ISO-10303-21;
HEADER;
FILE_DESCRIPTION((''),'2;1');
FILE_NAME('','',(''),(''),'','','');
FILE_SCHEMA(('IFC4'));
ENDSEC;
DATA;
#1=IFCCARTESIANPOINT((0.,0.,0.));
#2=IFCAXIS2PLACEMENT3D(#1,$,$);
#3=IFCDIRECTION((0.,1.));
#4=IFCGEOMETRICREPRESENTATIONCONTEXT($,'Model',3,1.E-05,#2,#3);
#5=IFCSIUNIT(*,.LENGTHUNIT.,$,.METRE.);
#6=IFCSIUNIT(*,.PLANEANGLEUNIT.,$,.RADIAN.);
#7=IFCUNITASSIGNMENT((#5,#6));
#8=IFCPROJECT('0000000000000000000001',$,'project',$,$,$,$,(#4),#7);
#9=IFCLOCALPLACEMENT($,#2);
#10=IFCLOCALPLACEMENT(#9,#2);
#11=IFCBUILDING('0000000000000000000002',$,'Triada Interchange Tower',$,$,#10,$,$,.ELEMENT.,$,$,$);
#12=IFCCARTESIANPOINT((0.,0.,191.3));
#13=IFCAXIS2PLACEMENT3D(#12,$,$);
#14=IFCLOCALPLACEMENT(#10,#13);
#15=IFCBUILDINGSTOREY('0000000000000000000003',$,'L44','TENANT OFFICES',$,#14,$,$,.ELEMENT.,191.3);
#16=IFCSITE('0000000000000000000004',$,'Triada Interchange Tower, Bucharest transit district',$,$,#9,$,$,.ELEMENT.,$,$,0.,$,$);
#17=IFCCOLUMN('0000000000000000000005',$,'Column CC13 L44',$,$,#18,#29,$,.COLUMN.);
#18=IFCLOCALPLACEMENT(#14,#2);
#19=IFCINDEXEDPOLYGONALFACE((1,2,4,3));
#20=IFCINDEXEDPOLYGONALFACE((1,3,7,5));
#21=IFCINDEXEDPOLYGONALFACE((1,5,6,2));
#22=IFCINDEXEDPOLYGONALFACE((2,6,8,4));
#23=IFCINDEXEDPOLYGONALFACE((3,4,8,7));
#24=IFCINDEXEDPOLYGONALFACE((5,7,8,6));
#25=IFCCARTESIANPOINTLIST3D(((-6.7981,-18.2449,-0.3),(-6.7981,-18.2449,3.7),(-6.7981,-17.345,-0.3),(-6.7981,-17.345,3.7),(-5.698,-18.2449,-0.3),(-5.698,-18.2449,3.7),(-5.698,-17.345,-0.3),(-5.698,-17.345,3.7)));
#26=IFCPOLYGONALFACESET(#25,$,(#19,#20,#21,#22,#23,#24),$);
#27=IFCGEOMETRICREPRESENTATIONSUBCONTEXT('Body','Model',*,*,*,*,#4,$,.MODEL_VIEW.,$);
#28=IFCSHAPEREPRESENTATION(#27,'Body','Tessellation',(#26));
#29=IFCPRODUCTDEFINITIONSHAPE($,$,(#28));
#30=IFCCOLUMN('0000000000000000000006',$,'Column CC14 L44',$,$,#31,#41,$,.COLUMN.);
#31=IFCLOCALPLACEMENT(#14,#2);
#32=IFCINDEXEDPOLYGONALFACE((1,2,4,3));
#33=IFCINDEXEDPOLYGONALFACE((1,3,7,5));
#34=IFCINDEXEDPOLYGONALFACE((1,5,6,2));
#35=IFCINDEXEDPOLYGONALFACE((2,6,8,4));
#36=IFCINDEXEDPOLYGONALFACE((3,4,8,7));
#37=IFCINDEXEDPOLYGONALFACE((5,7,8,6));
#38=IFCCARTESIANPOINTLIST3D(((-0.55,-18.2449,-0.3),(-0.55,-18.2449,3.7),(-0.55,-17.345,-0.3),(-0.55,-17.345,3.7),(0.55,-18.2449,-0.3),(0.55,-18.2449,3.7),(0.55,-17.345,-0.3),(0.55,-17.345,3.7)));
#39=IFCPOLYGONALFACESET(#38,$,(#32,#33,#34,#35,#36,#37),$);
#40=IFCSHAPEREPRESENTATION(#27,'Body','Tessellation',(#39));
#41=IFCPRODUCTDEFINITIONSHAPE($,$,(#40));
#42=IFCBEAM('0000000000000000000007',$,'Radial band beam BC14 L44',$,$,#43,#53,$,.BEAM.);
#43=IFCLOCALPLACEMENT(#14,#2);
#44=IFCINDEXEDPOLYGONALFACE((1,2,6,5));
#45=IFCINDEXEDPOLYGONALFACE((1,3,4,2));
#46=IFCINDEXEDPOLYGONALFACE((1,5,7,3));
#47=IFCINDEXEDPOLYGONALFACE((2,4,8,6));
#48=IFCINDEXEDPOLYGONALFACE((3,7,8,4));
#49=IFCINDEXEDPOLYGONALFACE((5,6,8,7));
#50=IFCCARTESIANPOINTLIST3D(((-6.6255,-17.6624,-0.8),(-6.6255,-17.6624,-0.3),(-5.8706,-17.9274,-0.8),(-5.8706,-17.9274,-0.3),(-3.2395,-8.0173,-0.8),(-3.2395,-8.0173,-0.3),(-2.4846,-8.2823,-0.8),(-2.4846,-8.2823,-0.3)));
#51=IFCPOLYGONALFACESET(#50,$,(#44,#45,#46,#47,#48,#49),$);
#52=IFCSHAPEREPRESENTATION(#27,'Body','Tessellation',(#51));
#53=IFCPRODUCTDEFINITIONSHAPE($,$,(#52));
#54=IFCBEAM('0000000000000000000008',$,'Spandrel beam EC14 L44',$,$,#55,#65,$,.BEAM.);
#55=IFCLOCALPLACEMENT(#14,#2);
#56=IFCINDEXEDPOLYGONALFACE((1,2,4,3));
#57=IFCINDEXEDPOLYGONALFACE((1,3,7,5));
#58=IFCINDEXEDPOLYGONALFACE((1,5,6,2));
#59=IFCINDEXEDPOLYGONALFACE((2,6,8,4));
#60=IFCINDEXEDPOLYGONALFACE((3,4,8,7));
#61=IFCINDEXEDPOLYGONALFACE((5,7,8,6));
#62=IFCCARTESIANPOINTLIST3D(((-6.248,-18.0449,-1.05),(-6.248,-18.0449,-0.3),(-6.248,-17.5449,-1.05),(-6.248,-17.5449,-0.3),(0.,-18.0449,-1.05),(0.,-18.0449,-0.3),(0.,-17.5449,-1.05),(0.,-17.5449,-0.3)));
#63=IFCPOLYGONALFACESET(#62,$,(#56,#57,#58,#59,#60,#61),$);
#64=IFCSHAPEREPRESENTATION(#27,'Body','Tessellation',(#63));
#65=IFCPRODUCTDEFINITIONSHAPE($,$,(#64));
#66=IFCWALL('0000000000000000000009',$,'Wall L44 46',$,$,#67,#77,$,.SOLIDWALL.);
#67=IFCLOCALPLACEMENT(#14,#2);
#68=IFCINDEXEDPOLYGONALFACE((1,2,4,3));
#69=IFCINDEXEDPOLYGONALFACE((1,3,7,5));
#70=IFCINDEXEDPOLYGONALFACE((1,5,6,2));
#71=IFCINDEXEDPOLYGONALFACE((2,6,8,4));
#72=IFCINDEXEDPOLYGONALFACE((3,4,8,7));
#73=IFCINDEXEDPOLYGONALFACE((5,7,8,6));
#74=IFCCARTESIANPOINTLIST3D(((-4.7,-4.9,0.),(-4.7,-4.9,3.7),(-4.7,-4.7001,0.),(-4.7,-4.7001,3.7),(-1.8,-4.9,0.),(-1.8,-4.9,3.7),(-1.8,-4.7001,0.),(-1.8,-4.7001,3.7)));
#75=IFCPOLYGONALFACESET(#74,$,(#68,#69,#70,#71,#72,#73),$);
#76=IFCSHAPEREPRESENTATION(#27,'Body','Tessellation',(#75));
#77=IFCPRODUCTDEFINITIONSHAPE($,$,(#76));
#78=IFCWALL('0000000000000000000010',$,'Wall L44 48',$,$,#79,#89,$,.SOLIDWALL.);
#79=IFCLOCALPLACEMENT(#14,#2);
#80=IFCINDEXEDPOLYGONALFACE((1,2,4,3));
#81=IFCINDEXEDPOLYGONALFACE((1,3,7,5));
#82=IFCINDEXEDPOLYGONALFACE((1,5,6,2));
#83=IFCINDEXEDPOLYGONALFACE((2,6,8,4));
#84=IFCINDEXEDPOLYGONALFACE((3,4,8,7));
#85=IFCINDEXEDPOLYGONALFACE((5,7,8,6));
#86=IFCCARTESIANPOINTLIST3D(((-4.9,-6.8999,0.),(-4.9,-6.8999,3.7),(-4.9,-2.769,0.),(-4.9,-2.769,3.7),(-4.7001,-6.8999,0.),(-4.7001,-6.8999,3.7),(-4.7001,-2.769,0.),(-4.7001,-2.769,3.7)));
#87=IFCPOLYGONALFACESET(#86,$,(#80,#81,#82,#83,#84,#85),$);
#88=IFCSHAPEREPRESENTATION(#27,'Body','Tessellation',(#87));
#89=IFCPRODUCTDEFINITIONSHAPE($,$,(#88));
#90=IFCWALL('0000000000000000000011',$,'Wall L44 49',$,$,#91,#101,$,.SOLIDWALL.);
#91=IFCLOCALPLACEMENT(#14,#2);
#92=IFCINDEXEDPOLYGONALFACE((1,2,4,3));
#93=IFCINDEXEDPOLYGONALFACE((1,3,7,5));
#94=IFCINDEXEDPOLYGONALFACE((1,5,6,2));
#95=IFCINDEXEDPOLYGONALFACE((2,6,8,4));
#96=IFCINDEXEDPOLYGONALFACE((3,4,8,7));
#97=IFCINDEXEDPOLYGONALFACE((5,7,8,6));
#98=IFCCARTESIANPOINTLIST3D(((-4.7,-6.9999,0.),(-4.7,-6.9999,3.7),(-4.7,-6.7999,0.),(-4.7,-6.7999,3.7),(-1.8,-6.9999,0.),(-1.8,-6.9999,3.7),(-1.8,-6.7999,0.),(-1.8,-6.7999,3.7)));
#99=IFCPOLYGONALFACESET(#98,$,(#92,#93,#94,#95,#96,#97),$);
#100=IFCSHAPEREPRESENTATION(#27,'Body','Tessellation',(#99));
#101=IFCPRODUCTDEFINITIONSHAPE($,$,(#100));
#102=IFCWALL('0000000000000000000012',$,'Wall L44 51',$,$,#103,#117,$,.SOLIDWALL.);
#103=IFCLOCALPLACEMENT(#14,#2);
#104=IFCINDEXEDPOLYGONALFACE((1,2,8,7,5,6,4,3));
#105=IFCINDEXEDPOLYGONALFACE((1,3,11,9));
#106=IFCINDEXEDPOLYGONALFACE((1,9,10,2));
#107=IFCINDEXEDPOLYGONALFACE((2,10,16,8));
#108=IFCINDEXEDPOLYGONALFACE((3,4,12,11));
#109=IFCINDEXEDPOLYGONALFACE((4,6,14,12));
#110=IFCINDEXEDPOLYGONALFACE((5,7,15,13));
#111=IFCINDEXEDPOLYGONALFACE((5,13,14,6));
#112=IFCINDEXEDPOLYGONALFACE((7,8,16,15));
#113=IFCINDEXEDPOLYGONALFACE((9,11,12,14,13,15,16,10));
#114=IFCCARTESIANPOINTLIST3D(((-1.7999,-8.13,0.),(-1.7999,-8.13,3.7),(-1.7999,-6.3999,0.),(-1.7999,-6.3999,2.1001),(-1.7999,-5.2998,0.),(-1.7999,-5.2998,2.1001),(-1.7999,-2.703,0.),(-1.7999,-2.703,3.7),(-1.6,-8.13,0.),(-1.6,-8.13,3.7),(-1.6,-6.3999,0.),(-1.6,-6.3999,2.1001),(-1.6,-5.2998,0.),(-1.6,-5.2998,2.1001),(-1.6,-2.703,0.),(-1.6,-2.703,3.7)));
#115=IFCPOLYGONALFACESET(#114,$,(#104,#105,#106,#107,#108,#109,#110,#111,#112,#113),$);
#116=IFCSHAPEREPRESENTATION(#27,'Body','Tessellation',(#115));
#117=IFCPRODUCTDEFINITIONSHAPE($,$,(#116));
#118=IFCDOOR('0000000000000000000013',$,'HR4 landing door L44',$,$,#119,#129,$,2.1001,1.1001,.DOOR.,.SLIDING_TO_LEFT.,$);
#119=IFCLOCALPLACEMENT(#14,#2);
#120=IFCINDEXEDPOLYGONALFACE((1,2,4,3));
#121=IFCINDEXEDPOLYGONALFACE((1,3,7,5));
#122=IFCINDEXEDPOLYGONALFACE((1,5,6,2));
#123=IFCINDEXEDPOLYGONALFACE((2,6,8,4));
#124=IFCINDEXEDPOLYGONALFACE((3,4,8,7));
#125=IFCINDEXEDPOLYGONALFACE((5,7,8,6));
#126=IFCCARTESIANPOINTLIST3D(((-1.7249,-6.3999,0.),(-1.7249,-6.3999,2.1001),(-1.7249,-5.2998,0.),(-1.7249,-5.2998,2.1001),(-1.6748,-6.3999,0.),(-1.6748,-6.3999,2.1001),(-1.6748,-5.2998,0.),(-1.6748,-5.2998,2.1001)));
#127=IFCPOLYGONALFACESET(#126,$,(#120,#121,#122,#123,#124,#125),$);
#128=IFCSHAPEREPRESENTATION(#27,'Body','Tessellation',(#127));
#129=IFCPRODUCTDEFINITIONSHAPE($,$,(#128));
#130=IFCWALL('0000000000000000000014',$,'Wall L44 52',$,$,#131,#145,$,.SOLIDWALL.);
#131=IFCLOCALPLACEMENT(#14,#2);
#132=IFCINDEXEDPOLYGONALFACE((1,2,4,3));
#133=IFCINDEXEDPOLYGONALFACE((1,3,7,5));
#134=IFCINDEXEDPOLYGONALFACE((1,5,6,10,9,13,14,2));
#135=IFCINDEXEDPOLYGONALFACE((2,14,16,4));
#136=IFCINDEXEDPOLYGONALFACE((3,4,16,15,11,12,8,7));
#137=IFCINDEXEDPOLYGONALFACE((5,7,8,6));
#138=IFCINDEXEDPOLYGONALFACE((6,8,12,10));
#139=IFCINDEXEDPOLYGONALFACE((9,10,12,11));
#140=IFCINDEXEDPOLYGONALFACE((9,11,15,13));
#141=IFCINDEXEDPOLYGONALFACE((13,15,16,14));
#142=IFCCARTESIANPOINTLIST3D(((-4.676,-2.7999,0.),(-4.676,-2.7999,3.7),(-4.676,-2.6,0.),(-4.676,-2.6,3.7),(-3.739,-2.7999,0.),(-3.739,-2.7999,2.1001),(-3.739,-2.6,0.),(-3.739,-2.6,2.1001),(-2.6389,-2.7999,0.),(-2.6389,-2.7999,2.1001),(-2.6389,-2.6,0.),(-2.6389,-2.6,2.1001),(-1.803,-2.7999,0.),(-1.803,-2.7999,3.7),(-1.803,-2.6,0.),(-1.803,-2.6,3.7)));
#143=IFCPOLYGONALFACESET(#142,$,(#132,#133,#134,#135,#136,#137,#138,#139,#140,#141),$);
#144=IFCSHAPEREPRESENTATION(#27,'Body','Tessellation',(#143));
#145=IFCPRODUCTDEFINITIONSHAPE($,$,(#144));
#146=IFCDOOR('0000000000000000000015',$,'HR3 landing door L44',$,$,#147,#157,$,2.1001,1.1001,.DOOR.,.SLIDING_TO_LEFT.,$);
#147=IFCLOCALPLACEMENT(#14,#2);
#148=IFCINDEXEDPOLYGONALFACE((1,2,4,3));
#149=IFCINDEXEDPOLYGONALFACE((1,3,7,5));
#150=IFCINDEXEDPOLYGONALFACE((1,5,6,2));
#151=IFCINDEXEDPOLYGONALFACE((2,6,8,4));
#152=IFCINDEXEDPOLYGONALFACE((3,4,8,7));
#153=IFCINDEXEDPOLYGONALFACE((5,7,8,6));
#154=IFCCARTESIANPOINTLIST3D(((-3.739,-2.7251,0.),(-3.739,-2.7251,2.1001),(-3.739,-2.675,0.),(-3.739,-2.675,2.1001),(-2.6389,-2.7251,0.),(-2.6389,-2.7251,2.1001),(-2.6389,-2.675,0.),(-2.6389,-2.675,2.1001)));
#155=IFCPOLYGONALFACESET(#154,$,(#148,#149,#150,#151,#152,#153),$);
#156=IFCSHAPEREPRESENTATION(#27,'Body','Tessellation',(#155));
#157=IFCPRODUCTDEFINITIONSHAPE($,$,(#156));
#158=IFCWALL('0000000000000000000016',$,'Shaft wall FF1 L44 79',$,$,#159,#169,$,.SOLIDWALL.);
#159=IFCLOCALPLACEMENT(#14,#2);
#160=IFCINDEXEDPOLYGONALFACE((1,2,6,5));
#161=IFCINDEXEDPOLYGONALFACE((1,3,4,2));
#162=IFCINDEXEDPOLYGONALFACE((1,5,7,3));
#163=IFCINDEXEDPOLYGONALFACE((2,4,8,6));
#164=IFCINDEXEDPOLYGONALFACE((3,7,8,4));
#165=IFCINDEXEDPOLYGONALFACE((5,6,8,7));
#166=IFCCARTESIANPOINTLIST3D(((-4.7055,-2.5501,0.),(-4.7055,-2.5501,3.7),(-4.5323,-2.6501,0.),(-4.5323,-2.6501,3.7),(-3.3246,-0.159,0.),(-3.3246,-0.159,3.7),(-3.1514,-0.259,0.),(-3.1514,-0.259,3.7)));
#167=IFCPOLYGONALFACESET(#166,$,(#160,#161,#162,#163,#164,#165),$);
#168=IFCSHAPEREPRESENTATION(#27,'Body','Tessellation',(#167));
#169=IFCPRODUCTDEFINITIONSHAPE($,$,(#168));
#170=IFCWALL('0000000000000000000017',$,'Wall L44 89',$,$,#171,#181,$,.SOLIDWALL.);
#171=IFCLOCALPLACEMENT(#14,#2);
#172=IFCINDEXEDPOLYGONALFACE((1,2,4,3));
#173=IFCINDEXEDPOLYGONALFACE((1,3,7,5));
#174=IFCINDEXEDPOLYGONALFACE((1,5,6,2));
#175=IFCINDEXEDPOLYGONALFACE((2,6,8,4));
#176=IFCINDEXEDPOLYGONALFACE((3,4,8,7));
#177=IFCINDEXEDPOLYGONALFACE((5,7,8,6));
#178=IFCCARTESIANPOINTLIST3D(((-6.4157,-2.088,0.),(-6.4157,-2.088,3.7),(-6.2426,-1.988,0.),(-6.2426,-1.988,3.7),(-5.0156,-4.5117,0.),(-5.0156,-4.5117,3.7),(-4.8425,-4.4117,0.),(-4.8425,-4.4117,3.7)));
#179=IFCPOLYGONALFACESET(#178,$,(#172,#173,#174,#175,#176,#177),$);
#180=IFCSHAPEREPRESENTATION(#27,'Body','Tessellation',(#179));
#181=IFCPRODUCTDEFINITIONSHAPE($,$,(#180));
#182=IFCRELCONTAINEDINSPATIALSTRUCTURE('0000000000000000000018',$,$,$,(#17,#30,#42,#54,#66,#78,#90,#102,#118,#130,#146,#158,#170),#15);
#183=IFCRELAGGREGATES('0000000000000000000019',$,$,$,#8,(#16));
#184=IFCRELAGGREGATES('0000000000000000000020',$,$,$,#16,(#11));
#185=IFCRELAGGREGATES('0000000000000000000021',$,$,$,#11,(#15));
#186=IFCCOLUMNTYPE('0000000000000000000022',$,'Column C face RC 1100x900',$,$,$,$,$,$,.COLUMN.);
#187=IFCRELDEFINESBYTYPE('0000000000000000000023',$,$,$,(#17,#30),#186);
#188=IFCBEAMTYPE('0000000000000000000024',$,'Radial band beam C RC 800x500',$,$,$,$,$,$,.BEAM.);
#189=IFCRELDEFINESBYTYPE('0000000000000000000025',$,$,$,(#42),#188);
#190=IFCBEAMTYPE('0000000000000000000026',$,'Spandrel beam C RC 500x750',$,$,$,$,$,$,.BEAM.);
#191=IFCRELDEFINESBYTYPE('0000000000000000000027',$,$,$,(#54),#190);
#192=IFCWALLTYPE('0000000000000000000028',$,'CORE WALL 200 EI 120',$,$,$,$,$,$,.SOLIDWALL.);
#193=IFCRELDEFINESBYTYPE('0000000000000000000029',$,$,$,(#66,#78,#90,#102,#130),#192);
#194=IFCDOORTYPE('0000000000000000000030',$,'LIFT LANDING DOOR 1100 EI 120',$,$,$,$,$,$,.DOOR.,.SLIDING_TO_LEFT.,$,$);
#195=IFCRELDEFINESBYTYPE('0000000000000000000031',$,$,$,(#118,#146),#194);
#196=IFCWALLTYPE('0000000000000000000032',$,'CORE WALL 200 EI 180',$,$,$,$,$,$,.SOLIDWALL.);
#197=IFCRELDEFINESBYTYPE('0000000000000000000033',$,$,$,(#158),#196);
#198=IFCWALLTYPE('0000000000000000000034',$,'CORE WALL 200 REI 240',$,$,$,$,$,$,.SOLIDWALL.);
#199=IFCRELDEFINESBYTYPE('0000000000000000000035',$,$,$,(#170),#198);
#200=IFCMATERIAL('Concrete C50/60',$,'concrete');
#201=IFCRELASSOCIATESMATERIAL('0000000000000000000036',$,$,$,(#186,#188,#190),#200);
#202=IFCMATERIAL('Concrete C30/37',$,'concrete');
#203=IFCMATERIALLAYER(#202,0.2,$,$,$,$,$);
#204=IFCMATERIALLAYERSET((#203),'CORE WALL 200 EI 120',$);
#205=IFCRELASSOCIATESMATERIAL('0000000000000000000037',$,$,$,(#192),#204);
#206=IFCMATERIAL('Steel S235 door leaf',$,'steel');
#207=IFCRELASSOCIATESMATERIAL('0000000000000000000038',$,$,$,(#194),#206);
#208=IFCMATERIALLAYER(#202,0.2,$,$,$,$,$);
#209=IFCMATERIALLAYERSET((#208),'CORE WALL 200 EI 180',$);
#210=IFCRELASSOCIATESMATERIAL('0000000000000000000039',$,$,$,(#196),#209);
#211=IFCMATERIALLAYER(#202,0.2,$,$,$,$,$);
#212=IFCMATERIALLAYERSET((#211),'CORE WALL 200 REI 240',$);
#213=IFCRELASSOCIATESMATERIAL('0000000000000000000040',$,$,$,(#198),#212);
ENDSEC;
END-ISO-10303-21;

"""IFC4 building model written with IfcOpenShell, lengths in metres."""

from ifc_helpers import new_model, si_unit, direction, frame, frame_2d, origin, origin_2d, place, context, subcontext, project, spatial, rectangle, extrude, material, layer, layer_set, material_profile, profile_set, type_object, element, fill, save


model = new_model("IFC4")

# Units and contexts
model_context = context("Model", 3, precision=1e-05, world=origin(), true_north=direction((0.0, 1.0)))
body_context = subcontext(model_context, "Body", "Model", "MODEL_VIEW")
ifc_project = project(units=[si_unit("LENGTHUNIT", "METRE"), si_unit("PLANEANGLEUNIT", "RADIAN")], contexts=[model_context])

# Site, building, storey
site_placement = place(None, origin())
site = spatial("IfcSite", under=ifc_project, at=site_placement, Name="Triada Interchange Tower, Bucharest transit district", CompositionType="ELEMENT", RefElevation=0.0)
building_placement = place(site_placement, origin())
building = spatial("IfcBuilding", under=site, at=building_placement, Name="Triada Interchange Tower", CompositionType="ELEMENT")
storey_placement = place(building_placement, frame((0.0, 0.0, 191.3)))
storey = spatial("IfcBuildingStorey", under=building, at=storey_placement, Name="L44", Description="TENANT OFFICES", CompositionType="ELEMENT", Elevation=191.3)

# Columns
ifc_material_1 = material(Name="Concrete C50/60", Category="concrete")
ifc_material_profile_1 = material_profile(ifc_material_1, rectangle(XDim=1.1001, YDim=0.8999, at=origin_2d()), Name="RC 1100x900")
ifc_profile_set_1 = profile_set([ifc_material_profile_1], Name="Concrete C50/60")
column_type = type_object("IfcColumnType", Name="Column C face RC 1100x900", PredefinedType="COLUMN", material=ifc_profile_set_1)
for number, where, z_axis, x_axis, name in (
    (1, (-6.248, -17.7949, -0.3), (0.0, 0.0, 1.0), (1.0, 0.0, 0.0), "Column CC13 L44"),
    (2, (0.0, -17.7949, -0.3), (0.0, 0.0, 1.0), (1.0, 0.0, 0.0), "Column CC14 L44"),
):
    element("IfcColumn", number, at=place(storey_placement, frame(where, z_axis=z_axis, x_axis=x_axis)), inside=storey, type_object=column_type, Name=name, PredefinedType="COLUMN", context=body_context, shape_type="SweptSolid", body=[
        extrude(rectangle(XDim=1.1001, YDim=0.8999, at=origin_2d()), origin(), (0.0, 0.0, 1.0), 4.0),
    ])

# Beams
ifc_material_profile_2 = material_profile(ifc_material_1, rectangle(XDim=0.8, YDim=0.5, at=origin_2d()), Name="RC 800x500")
ifc_profile_set_2 = profile_set([ifc_material_profile_2], Name="Concrete C50/60")
beam_type_1 = type_object("IfcBeamType", Name="Radial band beam C RC 800x500", PredefinedType="BEAM", material=ifc_profile_set_2)
beam_1_placement = place(storey_placement, frame((-6.248, -17.7949, -0.55), z_axis=(0.331242, 0.943546, 0.0), x_axis=(-0.943546, 0.331242, 0.0)))
element("IfcBeam", 3, at=beam_1_placement, inside=storey, type_object=beam_type_1, Name="Radial band beam BC14 L44", PredefinedType="BEAM", context=body_context, shape_type="SweptSolid", body=[
    extrude(rectangle(XDim=0.8, YDim=0.5, at=origin_2d()), origin(), (0.0, 0.0, 1.0), 10.2222),
])
ifc_material_profile_3 = material_profile(ifc_material_1, rectangle(XDim=0.5, YDim=0.75, at=origin_2d()), Name="RC 500x750")
ifc_profile_set_3 = profile_set([ifc_material_profile_3], Name="Concrete C50/60")
beam_type_2 = type_object("IfcBeamType", Name="Spandrel beam C RC 500x750", PredefinedType="BEAM", material=ifc_profile_set_3)
beam_2_placement = place(storey_placement, frame((-6.248, -17.7949, -0.675), z_axis=(1.0, 0.0, 0.0), x_axis=(0.0, 1.0, 0.0)))
element("IfcBeam", 4, at=beam_2_placement, inside=storey, type_object=beam_type_2, Name="Spandrel beam EC14 L44", PredefinedType="BEAM", context=body_context, shape_type="SweptSolid", body=[
    extrude(rectangle(XDim=0.5, YDim=0.75, at=origin_2d()), origin(), (0.0, 0.0, 1.0), 6.248),
])

# Walls
ifc_material_2 = material(Name="Concrete C30/37", Category="concrete")
ifc_layer_1 = layer(ifc_material_2, 0.2)
ifc_layer_set_1 = layer_set([ifc_layer_1], Name="CORE WALL 200 EI 120")
wall_type_1 = type_object("IfcWallType", Name="CORE WALL 200 EI 120", PredefinedType="SOLIDWALL", material=ifc_layer_set_1)
wall_1_placement = place(storey_placement, frame((-4.7, -4.8, 0.0), z_axis=(0.0, 0.0, 1.0), x_axis=(1.0, 0.0, 0.0)))
element("IfcWall", 5, at=wall_1_placement, inside=storey, type_object=wall_type_1, Name="Wall L44 46", PredefinedType="SOLIDWALL", context=body_context, shape_type="SweptSolid", body=[
    extrude(rectangle(XDim=2.8999, YDim=0.2, at=frame_2d((1.45, 0.0))), origin(), (0.0, 0.0, 1.0), 3.7),
])
wall_2_placement = place(storey_placement, frame((-4.8, -6.8999, 0.0), z_axis=(0.0, 0.0, 1.0), x_axis=(0.0, 1.0, 0.0)))
element("IfcWall", 6, at=wall_2_placement, inside=storey, type_object=wall_type_1, Name="Wall L44 48", PredefinedType="SOLIDWALL", context=body_context, shape_type="SweptSolid", body=[
    extrude(rectangle(XDim=4.1309, YDim=0.2, at=frame_2d((2.0654, 0.0))), origin(), (0.0, 0.0, 1.0), 3.7),
])
wall_3_placement = place(storey_placement, frame((-4.7, -6.8999, 0.0), z_axis=(0.0, 0.0, 1.0), x_axis=(1.0, 0.0, 0.0)))
element("IfcWall", 7, at=wall_3_placement, inside=storey, type_object=wall_type_1, Name="Wall L44 49", PredefinedType="SOLIDWALL", context=body_context, shape_type="SweptSolid", body=[
    extrude(rectangle(XDim=2.8999, YDim=0.2, at=frame_2d((1.45, 0.0))), origin(), (0.0, 0.0, 1.0), 3.7),
])

# Walls, openings, doors
wall_4_placement = place(storey_placement, frame((-1.7, -8.1299, 0.0), z_axis=(0.0, 0.0, 1.0), x_axis=(0.0, 1.0, 0.0)))
wall_4 = element("IfcWall", 8, at=wall_4_placement, inside=storey, type_object=wall_type_1, Name="Wall L44 51", PredefinedType="SOLIDWALL", context=body_context, shape_type="SweptSolid", body=[
    extrude(rectangle(XDim=5.427, YDim=0.2, at=frame_2d((2.7134, 0.0))), origin(), (0.0, 0.0, 1.0), 3.7),
])
opening_1_placement = place(wall_4_placement, frame((1.73, 0.0, 0.0)))
opening_1 = element("IfcOpeningElement", 9, at=opening_1_placement, cuts=wall_4, PredefinedType="OPENING", context=body_context, shape_type="SweptSolid", body=[
    extrude(rectangle(XDim=1.1001, YDim=2.1001, at=frame_2d((0.55, 1.05))), frame((0.0, 0.1099, 0.0), z_axis=(0.0, -1.0, 0.0), x_axis=(1.0, 0.0, 0.0)), (0.0, 0.0, 1.0), 0.22),
])
ifc_material_3 = material(Name="Steel S235 door leaf", Category="steel")
door_type = type_object("IfcDoorType", Name="LIFT LANDING DOOR 1100 EI 120", OperationType="SLIDING_TO_LEFT", PredefinedType="DOOR", material=ifc_material_3)
door_1_placement = place(opening_1_placement, origin())
door_1 = element("IfcDoor", 10, at=door_1_placement, inside=storey, type_object=door_type, Name="HR4 landing door L44", OperationType="SLIDING_TO_LEFT", OverallHeight=2.1001, OverallWidth=1.1001, PredefinedType="DOOR", context=body_context, shape_type="SweptSolid", body=[
    extrude(rectangle(XDim=1.1001, YDim=2.1001, at=frame_2d((0.55, 1.05))), frame((0.0, 0.0249, 0.0), z_axis=(0.0, -1.0, 0.0), x_axis=(1.0, 0.0, 0.0)), (0.0, 0.0, 1.0), 0.05),
])
fill(opening_1, door_1)
wall_5_placement = place(storey_placement, frame((-4.676, -2.7, 0.0), z_axis=(0.0, 0.0, 1.0), x_axis=(1.0, 0.0, 0.0)))
wall_5 = element("IfcWall", 11, at=wall_5_placement, inside=storey, type_object=wall_type_1, Name="Wall L44 52", PredefinedType="SOLIDWALL", context=body_context, shape_type="SweptSolid", body=[
    extrude(rectangle(XDim=2.873, YDim=0.2, at=frame_2d((1.4365, 0.0))), origin(), (0.0, 0.0, 1.0), 3.7),
])
opening_2_placement = place(wall_5_placement, frame((0.937, 0.0, 0.0)))
opening_2 = element("IfcOpeningElement", 12, at=opening_2_placement, cuts=wall_5, PredefinedType="OPENING", context=body_context, shape_type="SweptSolid", body=[
    extrude(rectangle(XDim=1.1001, YDim=2.1001, at=frame_2d((0.55, 1.05))), frame((0.0, 0.1099, 0.0), z_axis=(0.0, -1.0, 0.0), x_axis=(1.0, 0.0, 0.0)), (0.0, 0.0, 1.0), 0.22),
])
door_2_placement = place(opening_2_placement, origin())
door_2 = element("IfcDoor", 13, at=door_2_placement, inside=storey, type_object=door_type, Name="HR3 landing door L44", OperationType="SLIDING_TO_LEFT", OverallHeight=2.1001, OverallWidth=1.1001, PredefinedType="DOOR", context=body_context, shape_type="SweptSolid", body=[
    extrude(rectangle(XDim=1.1001, YDim=2.1001, at=frame_2d((0.55, 1.05))), frame((0.0, 0.0249, 0.0), z_axis=(0.0, -1.0, 0.0), x_axis=(1.0, 0.0, 0.0)), (0.0, 0.0, 1.0), 0.05),
])
fill(opening_2, door_2)

# Walls
ifc_layer_2 = layer(ifc_material_2, 0.2)
ifc_layer_set_2 = layer_set([ifc_layer_2], Name="CORE WALL 200 EI 180")
wall_type_2 = type_object("IfcWallType", Name="CORE WALL 200 EI 180", PredefinedType="SOLIDWALL", material=ifc_layer_set_2)
wall_6_placement = place(storey_placement, frame((-4.6189, -2.6001, 0.0), z_axis=(0.0, 0.0, 1.0), x_axis=(0.500095, 0.865971, 0.0)))
element("IfcWall", 14, at=wall_6_placement, inside=storey, type_object=wall_type_2, Name="Shaft wall FF1 L44 79", PredefinedType="SOLIDWALL", context=body_context, shape_type="SweptSolid", body=[
    extrude(rectangle(XDim=2.7612, YDim=0.2, at=frame_2d((1.3806, 0.0))), origin(), (0.0, 0.0, 1.0), 3.7),
])
ifc_layer_3 = layer(ifc_material_2, 0.2)
ifc_layer_set_3 = layer_set([ifc_layer_3], Name="CORE WALL 200 REI 240")
wall_type_3 = type_object("IfcWallType", Name="CORE WALL 200 REI 240", PredefinedType="SOLIDWALL", material=ifc_layer_set_3)
wall_7_placement = place(storey_placement, frame((-6.3291, -2.0381, 0.0), z_axis=(0.0, 0.0, 1.0), x_axis=(0.500201, -0.86591, 0.0)))
element("IfcWall", 15, at=wall_7_placement, inside=storey, type_object=wall_type_3, Name="Wall L44 89", PredefinedType="SOLIDWALL", context=body_context, shape_type="SweptSolid", body=[
    extrude(rectangle(XDim=2.7991, YDim=0.2, at=frame_2d((1.3994, 0.0))), origin(), (0.0, 0.0, 1.0), 3.7),
])

save(model, "model.ifc")
